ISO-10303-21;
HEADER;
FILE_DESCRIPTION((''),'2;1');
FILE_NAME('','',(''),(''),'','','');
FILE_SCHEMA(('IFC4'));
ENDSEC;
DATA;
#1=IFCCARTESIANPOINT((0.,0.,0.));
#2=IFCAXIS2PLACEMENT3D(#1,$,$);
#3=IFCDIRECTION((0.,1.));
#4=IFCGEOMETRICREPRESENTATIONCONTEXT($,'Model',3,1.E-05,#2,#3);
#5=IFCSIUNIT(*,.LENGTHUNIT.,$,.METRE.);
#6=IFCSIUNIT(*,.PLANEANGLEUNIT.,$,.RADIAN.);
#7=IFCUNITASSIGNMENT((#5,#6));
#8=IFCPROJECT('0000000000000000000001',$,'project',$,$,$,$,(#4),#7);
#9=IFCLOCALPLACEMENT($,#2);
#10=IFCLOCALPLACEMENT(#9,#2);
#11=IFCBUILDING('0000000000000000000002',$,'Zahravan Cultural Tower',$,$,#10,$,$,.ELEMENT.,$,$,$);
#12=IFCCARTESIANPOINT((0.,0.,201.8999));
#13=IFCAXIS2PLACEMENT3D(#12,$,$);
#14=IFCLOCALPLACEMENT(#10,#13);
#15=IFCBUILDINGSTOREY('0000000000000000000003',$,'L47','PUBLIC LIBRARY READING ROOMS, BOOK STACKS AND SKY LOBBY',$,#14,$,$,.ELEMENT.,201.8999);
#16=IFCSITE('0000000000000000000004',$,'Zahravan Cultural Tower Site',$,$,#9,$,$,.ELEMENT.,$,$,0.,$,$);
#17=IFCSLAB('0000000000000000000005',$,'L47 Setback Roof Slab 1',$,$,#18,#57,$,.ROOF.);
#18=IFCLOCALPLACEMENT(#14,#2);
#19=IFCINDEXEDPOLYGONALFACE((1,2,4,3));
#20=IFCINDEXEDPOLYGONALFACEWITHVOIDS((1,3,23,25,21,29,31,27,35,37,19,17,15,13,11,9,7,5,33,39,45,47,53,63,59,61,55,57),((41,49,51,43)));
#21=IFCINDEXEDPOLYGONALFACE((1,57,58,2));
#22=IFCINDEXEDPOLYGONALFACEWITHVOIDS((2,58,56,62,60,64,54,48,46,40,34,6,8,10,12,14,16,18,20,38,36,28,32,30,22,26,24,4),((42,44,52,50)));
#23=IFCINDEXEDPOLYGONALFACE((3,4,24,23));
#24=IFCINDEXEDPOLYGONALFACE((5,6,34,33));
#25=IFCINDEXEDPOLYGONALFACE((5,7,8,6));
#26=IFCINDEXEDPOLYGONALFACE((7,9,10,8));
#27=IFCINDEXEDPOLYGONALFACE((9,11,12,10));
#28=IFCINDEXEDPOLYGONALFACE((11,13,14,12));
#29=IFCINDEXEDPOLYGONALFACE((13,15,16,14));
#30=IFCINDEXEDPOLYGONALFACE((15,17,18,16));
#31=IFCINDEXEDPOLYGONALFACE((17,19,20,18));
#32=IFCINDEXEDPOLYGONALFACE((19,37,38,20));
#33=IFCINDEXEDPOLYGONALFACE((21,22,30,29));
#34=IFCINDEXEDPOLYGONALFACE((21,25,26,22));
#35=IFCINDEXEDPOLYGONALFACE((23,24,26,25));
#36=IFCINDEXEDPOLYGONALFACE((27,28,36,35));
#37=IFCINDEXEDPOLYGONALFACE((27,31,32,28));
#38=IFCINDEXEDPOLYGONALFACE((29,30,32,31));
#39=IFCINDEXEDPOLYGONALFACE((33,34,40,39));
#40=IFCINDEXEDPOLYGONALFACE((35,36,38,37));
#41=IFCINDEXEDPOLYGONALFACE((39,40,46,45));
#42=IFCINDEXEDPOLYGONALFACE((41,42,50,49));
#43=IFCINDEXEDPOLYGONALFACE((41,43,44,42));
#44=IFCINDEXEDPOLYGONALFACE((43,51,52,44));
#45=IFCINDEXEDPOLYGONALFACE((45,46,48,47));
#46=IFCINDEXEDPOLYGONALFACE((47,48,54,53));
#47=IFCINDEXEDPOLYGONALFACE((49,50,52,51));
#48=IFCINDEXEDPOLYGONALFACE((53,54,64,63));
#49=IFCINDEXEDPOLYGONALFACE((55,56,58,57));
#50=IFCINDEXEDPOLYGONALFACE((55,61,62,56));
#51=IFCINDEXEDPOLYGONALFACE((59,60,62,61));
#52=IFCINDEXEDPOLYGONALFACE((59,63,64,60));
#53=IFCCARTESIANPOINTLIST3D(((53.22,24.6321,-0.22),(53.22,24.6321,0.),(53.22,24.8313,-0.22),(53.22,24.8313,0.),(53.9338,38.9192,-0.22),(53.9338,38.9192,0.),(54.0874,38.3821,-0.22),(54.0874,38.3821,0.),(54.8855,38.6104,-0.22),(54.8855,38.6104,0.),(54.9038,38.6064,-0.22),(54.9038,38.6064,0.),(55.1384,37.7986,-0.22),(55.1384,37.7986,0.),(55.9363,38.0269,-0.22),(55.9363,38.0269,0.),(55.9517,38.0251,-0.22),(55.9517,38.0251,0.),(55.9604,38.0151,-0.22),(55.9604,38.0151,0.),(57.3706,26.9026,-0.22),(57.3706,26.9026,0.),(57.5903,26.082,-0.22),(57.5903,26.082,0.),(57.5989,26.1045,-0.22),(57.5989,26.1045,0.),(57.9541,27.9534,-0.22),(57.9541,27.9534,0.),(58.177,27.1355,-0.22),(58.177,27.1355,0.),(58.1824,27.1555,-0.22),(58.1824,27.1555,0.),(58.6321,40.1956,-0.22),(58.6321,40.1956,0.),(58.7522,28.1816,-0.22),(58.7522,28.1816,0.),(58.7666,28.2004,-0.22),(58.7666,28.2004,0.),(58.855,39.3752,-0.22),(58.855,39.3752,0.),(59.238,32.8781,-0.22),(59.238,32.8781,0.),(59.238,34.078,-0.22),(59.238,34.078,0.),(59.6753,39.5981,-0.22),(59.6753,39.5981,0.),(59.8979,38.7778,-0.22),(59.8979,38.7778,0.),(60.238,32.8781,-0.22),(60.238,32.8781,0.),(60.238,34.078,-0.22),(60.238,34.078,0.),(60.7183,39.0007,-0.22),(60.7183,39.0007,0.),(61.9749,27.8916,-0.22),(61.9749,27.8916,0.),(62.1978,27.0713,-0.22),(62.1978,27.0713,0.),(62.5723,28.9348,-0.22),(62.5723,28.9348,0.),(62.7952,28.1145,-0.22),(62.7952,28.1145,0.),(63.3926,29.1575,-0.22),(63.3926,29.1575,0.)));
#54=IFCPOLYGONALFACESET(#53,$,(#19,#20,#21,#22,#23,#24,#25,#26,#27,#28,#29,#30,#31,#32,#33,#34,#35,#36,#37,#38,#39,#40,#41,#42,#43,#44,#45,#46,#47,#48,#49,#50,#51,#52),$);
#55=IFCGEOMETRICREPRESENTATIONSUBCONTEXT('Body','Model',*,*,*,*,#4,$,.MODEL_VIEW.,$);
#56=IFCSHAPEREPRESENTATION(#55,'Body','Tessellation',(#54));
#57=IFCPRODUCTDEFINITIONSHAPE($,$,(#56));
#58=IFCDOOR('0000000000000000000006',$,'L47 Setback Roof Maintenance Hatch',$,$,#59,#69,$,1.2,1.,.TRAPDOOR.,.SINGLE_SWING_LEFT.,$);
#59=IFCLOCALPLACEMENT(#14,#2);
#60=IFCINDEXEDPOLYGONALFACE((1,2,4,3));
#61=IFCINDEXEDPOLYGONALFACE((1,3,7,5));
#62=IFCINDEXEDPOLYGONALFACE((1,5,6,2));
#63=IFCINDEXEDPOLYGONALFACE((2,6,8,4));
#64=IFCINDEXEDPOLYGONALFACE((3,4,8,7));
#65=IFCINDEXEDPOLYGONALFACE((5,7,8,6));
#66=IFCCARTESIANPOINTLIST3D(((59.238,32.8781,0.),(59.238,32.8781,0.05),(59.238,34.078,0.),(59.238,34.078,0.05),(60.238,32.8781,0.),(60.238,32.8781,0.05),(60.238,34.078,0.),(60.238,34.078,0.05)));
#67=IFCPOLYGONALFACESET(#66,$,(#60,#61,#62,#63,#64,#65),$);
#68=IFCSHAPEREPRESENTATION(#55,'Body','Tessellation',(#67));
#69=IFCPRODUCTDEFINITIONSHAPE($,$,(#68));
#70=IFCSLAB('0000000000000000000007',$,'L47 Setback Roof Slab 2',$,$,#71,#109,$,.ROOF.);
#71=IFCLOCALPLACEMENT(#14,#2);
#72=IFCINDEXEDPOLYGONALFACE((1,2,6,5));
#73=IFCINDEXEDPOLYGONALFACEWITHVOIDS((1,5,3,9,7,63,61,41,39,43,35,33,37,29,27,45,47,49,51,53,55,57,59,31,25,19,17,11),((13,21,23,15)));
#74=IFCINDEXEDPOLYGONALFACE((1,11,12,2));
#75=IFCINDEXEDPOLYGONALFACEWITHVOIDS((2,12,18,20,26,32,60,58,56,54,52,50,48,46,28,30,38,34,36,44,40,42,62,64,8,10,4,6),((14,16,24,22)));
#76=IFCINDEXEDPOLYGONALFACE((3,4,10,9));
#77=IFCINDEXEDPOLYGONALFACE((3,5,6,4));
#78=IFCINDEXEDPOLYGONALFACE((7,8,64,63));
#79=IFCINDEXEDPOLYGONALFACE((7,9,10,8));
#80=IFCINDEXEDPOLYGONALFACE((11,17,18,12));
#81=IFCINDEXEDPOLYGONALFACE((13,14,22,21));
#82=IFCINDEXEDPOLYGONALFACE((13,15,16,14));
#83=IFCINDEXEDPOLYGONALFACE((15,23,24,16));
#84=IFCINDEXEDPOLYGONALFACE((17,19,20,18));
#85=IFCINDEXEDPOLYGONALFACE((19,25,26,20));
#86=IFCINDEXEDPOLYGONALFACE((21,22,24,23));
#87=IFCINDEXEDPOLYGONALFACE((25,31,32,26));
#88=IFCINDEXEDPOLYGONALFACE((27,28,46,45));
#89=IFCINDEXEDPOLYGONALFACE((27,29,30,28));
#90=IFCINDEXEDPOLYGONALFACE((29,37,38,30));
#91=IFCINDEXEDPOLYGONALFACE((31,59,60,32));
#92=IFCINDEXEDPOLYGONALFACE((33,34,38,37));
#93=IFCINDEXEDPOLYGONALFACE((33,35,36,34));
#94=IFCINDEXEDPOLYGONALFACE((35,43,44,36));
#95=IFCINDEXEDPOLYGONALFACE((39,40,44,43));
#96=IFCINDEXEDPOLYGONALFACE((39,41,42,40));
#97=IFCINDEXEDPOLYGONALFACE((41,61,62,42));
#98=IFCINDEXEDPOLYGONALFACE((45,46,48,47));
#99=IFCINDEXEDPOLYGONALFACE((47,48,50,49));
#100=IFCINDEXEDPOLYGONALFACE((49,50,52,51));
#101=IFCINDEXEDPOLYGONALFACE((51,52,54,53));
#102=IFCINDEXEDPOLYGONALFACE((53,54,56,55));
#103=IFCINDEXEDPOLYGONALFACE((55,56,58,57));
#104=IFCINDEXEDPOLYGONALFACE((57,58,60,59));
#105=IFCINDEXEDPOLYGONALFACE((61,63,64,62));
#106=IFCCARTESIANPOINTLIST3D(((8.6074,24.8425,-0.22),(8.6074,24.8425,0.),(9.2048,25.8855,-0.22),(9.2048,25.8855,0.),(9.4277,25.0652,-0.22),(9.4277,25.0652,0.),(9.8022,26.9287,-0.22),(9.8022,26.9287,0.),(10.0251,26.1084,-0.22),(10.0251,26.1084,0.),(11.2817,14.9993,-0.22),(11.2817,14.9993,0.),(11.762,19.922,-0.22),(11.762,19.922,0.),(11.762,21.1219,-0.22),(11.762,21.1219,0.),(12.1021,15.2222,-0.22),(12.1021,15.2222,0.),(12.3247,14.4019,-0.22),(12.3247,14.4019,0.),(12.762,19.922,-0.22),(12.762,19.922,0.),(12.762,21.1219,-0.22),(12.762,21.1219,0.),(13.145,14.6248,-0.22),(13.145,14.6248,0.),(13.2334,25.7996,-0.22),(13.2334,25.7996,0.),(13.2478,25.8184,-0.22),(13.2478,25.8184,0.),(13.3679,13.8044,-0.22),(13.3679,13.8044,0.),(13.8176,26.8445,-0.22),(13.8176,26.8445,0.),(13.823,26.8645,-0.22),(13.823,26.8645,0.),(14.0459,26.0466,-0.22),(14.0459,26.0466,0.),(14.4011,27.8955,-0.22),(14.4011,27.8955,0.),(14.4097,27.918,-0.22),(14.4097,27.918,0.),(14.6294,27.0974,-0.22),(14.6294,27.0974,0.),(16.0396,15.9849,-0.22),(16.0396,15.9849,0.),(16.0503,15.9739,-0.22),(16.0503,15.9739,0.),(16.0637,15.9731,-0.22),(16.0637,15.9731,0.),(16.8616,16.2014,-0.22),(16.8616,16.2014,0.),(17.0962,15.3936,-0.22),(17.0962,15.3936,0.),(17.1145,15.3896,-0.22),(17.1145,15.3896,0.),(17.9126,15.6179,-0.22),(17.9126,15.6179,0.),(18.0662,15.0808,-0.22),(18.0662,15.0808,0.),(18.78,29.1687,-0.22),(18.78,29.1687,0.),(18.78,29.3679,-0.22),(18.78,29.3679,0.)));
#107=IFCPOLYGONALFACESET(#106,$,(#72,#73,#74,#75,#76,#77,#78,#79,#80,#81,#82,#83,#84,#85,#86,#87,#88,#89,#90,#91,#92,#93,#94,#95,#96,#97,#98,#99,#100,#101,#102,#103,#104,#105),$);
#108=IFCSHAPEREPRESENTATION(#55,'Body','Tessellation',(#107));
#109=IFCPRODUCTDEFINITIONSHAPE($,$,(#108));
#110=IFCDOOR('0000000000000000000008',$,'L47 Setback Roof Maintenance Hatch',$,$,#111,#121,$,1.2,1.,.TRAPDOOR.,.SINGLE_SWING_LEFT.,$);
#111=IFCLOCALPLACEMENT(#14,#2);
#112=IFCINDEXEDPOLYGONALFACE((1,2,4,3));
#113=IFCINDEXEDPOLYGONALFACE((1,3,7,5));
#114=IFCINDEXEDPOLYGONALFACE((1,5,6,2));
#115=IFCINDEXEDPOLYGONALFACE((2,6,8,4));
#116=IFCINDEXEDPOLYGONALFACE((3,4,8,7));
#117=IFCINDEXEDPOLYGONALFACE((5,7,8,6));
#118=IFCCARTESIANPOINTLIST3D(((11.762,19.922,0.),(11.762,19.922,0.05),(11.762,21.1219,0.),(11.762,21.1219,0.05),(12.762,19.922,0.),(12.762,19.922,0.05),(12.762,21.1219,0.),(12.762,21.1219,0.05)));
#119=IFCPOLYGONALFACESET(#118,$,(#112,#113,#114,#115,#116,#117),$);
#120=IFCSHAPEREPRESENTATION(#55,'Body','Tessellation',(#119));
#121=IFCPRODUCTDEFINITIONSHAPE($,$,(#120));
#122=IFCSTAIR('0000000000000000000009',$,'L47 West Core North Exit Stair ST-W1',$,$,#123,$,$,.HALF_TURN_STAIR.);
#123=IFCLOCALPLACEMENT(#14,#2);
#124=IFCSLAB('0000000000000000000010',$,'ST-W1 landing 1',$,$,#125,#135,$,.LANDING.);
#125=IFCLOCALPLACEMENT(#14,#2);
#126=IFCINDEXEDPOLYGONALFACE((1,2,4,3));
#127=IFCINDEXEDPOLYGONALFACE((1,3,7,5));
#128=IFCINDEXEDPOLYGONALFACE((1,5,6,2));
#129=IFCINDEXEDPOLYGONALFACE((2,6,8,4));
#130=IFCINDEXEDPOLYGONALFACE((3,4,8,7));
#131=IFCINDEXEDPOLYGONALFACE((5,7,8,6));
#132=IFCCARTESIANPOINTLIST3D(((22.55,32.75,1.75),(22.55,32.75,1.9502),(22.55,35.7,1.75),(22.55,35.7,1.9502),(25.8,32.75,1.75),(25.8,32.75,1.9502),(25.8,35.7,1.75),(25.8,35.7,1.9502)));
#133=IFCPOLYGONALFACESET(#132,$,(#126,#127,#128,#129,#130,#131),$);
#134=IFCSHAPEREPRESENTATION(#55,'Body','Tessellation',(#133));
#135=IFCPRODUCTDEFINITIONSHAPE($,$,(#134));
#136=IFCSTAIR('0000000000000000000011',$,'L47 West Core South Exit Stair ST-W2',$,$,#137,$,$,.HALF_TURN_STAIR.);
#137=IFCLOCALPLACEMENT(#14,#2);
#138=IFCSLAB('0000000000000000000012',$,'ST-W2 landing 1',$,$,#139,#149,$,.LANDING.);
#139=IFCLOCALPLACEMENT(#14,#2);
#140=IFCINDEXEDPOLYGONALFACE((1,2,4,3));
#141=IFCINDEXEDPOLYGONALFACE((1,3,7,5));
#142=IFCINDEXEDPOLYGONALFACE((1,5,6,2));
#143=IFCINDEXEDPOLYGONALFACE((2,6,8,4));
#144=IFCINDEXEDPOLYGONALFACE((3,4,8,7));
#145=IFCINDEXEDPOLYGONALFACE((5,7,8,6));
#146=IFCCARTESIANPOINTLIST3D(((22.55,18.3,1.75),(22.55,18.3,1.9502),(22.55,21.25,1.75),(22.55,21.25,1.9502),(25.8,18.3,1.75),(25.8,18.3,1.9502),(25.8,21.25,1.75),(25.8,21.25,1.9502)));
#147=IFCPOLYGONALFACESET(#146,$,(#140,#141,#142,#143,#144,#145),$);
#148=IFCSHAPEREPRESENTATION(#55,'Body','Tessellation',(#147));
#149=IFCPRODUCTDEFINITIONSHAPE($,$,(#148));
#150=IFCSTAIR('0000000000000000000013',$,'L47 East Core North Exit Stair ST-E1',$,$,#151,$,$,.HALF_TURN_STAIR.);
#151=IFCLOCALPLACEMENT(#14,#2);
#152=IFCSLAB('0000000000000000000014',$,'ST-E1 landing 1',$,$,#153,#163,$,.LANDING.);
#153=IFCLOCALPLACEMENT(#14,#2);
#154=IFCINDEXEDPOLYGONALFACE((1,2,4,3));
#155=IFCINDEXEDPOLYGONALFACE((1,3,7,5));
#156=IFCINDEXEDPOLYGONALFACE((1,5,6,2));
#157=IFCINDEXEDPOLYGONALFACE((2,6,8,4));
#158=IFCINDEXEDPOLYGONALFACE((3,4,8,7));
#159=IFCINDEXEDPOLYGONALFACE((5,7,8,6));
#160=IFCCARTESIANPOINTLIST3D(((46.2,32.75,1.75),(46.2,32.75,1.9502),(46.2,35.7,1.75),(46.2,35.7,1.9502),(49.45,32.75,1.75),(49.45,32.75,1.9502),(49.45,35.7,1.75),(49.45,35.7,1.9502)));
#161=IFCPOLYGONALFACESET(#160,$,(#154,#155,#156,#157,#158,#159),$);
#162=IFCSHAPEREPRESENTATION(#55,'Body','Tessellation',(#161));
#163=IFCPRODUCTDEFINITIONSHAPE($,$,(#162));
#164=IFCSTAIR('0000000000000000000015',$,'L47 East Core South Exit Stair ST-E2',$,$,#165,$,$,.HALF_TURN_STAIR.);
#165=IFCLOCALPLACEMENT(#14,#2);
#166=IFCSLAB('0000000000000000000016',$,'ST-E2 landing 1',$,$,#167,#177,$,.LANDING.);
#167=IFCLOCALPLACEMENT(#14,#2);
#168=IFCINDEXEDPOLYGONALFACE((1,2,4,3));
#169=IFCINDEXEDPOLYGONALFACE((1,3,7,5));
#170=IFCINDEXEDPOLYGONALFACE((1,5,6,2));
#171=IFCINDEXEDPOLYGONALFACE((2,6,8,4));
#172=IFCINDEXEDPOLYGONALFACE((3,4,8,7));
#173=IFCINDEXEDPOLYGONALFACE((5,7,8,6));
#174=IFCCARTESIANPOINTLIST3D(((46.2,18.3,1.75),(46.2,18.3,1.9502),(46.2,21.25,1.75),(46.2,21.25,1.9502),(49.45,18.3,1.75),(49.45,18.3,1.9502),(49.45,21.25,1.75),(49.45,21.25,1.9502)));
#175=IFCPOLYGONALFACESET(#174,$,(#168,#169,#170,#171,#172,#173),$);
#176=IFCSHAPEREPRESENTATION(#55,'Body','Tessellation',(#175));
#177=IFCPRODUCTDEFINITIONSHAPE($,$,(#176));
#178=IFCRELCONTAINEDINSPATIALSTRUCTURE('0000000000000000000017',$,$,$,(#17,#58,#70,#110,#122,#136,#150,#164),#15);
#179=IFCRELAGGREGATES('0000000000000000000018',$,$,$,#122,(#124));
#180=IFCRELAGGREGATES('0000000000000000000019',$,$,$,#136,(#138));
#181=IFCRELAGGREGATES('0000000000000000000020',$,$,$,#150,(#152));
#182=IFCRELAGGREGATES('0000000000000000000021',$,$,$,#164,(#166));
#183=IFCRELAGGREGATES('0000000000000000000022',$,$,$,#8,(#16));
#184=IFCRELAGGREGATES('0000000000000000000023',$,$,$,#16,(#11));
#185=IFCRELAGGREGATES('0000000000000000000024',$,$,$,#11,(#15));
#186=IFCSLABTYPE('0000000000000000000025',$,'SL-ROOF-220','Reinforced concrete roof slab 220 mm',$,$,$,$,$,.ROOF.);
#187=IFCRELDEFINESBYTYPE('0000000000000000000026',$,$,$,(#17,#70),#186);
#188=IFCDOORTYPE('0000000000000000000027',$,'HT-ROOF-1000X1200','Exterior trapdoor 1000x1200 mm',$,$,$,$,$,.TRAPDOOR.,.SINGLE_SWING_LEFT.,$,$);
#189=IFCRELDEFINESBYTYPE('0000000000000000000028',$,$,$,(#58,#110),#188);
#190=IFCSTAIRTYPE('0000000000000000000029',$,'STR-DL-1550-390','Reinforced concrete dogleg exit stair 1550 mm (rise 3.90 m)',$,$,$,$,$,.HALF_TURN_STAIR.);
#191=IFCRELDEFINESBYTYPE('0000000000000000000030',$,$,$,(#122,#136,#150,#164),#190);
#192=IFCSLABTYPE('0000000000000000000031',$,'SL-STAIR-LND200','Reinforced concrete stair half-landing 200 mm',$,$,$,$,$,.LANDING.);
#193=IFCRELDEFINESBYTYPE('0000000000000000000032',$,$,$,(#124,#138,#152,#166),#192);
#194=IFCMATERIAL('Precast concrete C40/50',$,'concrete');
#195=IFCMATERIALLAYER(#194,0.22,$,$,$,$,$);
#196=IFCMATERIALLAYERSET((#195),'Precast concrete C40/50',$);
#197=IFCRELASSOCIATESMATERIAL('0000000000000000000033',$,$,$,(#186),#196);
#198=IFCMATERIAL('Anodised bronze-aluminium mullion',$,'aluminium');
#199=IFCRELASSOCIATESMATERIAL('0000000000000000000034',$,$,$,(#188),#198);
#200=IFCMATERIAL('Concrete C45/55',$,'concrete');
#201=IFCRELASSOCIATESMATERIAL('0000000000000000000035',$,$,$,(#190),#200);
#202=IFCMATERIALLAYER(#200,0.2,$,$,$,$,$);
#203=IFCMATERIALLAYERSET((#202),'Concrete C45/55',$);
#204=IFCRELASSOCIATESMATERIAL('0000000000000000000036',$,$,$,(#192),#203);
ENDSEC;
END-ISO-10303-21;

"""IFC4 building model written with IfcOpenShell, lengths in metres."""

from ifc_helpers import new_model, si_unit, direction, frame, origin, origin_2d, place, context, subcontext, project, spatial, polyline, rectangle, outline, extrude, material, layer, layer_set, type_object, element, fill, aggregate, save


model = new_model("IFC4")

# Units and contexts
model_context = context("Model", 3, precision=1e-05, world=origin(), true_north=direction((0.0, 1.0)))
body_context = subcontext(model_context, "Body", "Model", "MODEL_VIEW")
ifc_project = project(units=[si_unit("LENGTHUNIT", "METRE"), si_unit("PLANEANGLEUNIT", "RADIAN")], contexts=[model_context])

# Site, building, storey
site_placement = place(None, origin())
site = spatial("IfcSite", under=ifc_project, at=site_placement, Name="Zahravan Cultural Tower Site", CompositionType="ELEMENT", RefElevation=0.0)
building_placement = place(site_placement, origin())
building = spatial("IfcBuilding", under=site, at=building_placement, Name="Zahravan Cultural Tower", CompositionType="ELEMENT")
storey_placement = place(building_placement, frame((0.0, 0.0, 201.8999)))
storey = spatial("IfcBuildingStorey", under=building, at=storey_placement, Name="L47", Description="PUBLIC LIBRARY READING ROOMS, BOOK STACKS AND SKY LOBBY", CompositionType="ELEMENT", Elevation=201.8999)

# Shared definitions
ifc_material_1 = material(Name="Concrete C45/55", Category="concrete")

# Slabs, openings, doors
ifc_material_2 = material(Name="Precast concrete C40/50", Category="concrete")
ifc_layer_1 = layer(ifc_material_2, 0.22)
ifc_layer_set_1 = layer_set([ifc_layer_1], Name="Precast concrete C40/50")
slab_type_1 = type_object("IfcSlabType", Name="SL-ROOF-220", Description="Reinforced concrete roof slab 220 mm", PredefinedType="ROOF", material=ifc_layer_set_1)
slab_1_placement = place(storey_placement, frame((0.0, 0.0, -0.22)))
slab_1 = element("IfcSlab", 1, at=slab_1_placement, inside=storey, type_object=slab_type_1, Name="L47 Setback Roof Slab 1", PredefinedType="ROOF", context=body_context, shape_type="SweptSolid", body=[
    extrude(outline(polyline([(59.6753, 39.5981), (58.855, 39.3752), (58.6321, 40.1956), (53.9338, 38.9192), (54.0874, 38.3821), (54.8855, 38.6104), (54.9038, 38.6064), (55.1384, 37.7986), (55.9363, 38.0269), (55.9517, 38.0251), (55.9604, 38.0151), (58.7666, 28.2004), (58.7522, 28.1816), (57.9541, 27.9534), (58.1824, 27.1555), (58.177, 27.1355), (57.3706, 26.9026), (57.5989, 26.1045), (57.5903, 26.082), (53.22, 24.8313), (53.22, 24.6321), (62.1978, 27.0713), (61.9749, 27.8916), (62.7952, 28.1145), (62.5723, 28.9348), (63.3926, 29.1575), (60.7183, 39.0007), (59.8979, 38.7778), (59.6753, 39.5981)])), origin(), (0.0, 0.0, 1.0), 0.22),
])
opening_1_placement = place(slab_1_placement, frame((59.738, 33.478, 0.0)))
opening_1 = element("IfcOpeningElement", 2, at=opening_1_placement, cuts=slab_1, PredefinedType="OPENING", context=body_context, shape_type="SweptSolid", body=[
    extrude(rectangle(XDim=1.0, YDim=1.2, at=origin_2d()), frame((0.0, 0.0, -0.01), z_axis=(0.0, 0.0, 1.0), x_axis=(1.0, 0.0, 0.0)), (0.0, 0.0, 1.0), 0.3101),
])
ifc_material_3 = material(Name="Anodised bronze-aluminium mullion", Category="aluminium")
door_type_1 = type_object("IfcDoorType", Name="HT-ROOF-1000X1200", Description="Exterior trapdoor 1000x1200 mm", OperationType="SINGLE_SWING_LEFT", PredefinedType="TRAPDOOR", material=ifc_material_3)
door_1_placement = place(opening_1_placement, frame((0.0, 0.0, 0.22)))
door_1 = element("IfcDoor", 3, at=door_1_placement, inside=storey, type_object=door_type_1, Name="L47 Setback Roof Maintenance Hatch", OperationType="SINGLE_SWING_LEFT", OverallHeight=1.2, OverallWidth=1.0, PredefinedType="TRAPDOOR", context=body_context, shape_type="SweptSolid", body=[
    extrude(rectangle(XDim=1.0, YDim=1.2, at=origin_2d()), origin(), (0.0, 0.0, 1.0), 0.05),
])
fill(opening_1, door_1)
slab_2_placement = place(storey_placement, frame((0.0, 0.0, -0.22)))
slab_2 = element("IfcSlab", 4, at=slab_2_placement, inside=storey, type_object=slab_type_1, Name="L47 Setback Roof Slab 2", PredefinedType="ROOF", context=body_context, shape_type="SweptSolid", body=[
    extrude(outline(polyline([(13.145, 14.6248), (13.3679, 13.8044), (18.0662, 15.0808), (17.9126, 15.6179), (17.1145, 15.3896), (17.0962, 15.3936), (16.8616, 16.2014), (16.0637, 15.9731), (16.0503, 15.9739), (16.0396, 15.9849), (13.2334, 25.7996), (13.2478, 25.8184), (14.0459, 26.0466), (13.8176, 26.8445), (13.823, 26.8645), (14.6294, 27.0974), (14.4011, 27.8955), (14.4097, 27.918), (18.78, 29.1687), (18.78, 29.3679), (9.8022, 26.9287), (10.0251, 26.1084), (9.2048, 25.8855), (9.4277, 25.0652), (8.6074, 24.8425), (11.2817, 14.9993), (12.1021, 15.2222), (12.3247, 14.4019), (13.145, 14.6248)])), origin(), (0.0, 0.0, 1.0), 0.22),
])
opening_2_placement = place(slab_2_placement, frame((12.262, 20.522, 0.0)))
opening_2 = element("IfcOpeningElement", 5, at=opening_2_placement, cuts=slab_2, PredefinedType="OPENING", context=body_context, shape_type="SweptSolid", body=[
    extrude(rectangle(XDim=1.0, YDim=1.2, at=origin_2d()), frame((0.0, 0.0, -0.01), z_axis=(0.0, 0.0, 1.0), x_axis=(1.0, 0.0, 0.0)), (0.0, 0.0, 1.0), 0.3101),
])
door_2_placement = place(opening_2_placement, frame((0.0, 0.0, 0.22)))
door_2 = element("IfcDoor", 6, at=door_2_placement, inside=storey, type_object=door_type_1, Name="L47 Setback Roof Maintenance Hatch", OperationType="SINGLE_SWING_LEFT", OverallHeight=1.2, OverallWidth=1.0, PredefinedType="TRAPDOOR", context=body_context, shape_type="SweptSolid", body=[
    extrude(rectangle(XDim=1.0, YDim=1.2, at=origin_2d()), origin(), (0.0, 0.0, 1.0), 0.05),
])
fill(opening_2, door_2)

# Stairs, slabs
stair_type = type_object("IfcStairType", Name="STR-DL-1550-390", Description="Reinforced concrete dogleg exit stair 1550 mm (rise 3.90 m)", PredefinedType="HALF_TURN_STAIR", material=ifc_material_1)
stair_1_placement = place(storey_placement, origin())
stair_1 = element("IfcStair", 7, at=stair_1_placement, inside=storey, type_object=stair_type, Name="L47 West Core North Exit Stair ST-W1", PredefinedType="HALF_TURN_STAIR")
ifc_layer_2 = layer(ifc_material_1, 0.2)
ifc_layer_set_2 = layer_set([ifc_layer_2], Name="Concrete C45/55")
slab_type_2 = type_object("IfcSlabType", Name="SL-STAIR-LND200", Description="Reinforced concrete stair half-landing 200 mm", PredefinedType="LANDING", material=ifc_layer_set_2)
slab_3_placement = place(storey_placement, frame((0.0, 0.0, 1.75)))
slab_3 = element("IfcSlab", 8, at=slab_3_placement, type_object=slab_type_2, Name="ST-W1 landing 1", PredefinedType="LANDING", context=body_context, shape_type="SweptSolid", body=[
    extrude(outline(polyline([(25.8, 32.75), (25.8, 35.7), (22.55, 35.7), (22.55, 32.75), (25.8, 32.75)])), origin(), (0.0, 0.0, 1.0), 0.2002),
])
aggregate(stair_1, [slab_3])
stair_2_placement = place(storey_placement, origin())
stair_2 = element("IfcStair", 9, at=stair_2_placement, inside=storey, type_object=stair_type, Name="L47 West Core South Exit Stair ST-W2", PredefinedType="HALF_TURN_STAIR")
slab_4_placement = place(storey_placement, frame((0.0, 0.0, 1.75)))
slab_4 = element("IfcSlab", 10, at=slab_4_placement, type_object=slab_type_2, Name="ST-W2 landing 1", PredefinedType="LANDING", context=body_context, shape_type="SweptSolid", body=[
    extrude(outline(polyline([(22.55, 21.25), (22.55, 18.3), (25.8, 18.3), (25.8, 21.25), (22.55, 21.25)])), origin(), (0.0, 0.0, 1.0), 0.2002),
])
aggregate(stair_2, [slab_4])
stair_3_placement = place(storey_placement, origin())
stair_3 = element("IfcStair", 11, at=stair_3_placement, inside=storey, type_object=stair_type, Name="L47 East Core North Exit Stair ST-E1", PredefinedType="HALF_TURN_STAIR")
slab_5_placement = place(storey_placement, frame((0.0, 0.0, 1.75)))
slab_5 = element("IfcSlab", 12, at=slab_5_placement, type_object=slab_type_2, Name="ST-E1 landing 1", PredefinedType="LANDING", context=body_context, shape_type="SweptSolid", body=[
    extrude(outline(polyline([(49.45, 32.75), (49.45, 35.7), (46.2, 35.7), (46.2, 32.75), (49.45, 32.75)])), origin(), (0.0, 0.0, 1.0), 0.2002),
])
aggregate(stair_3, [slab_5])
stair_4_placement = place(storey_placement, origin())
stair_4 = element("IfcStair", 13, at=stair_4_placement, inside=storey, type_object=stair_type, Name="L47 East Core South Exit Stair ST-E2", PredefinedType="HALF_TURN_STAIR")
slab_6_placement = place(storey_placement, frame((0.0, 0.0, 1.75)))
slab_6 = element("IfcSlab", 14, at=slab_6_placement, type_object=slab_type_2, Name="ST-E2 landing 1", PredefinedType="LANDING", context=body_context, shape_type="SweptSolid", body=[
    extrude(outline(polyline([(46.2, 21.25), (46.2, 18.3), (49.45, 18.3), (49.45, 21.25), (46.2, 21.25)])), origin(), (0.0, 0.0, 1.0), 0.2002),
])
aggregate(stair_4, [slab_6])

save(model, "model.ifc")
